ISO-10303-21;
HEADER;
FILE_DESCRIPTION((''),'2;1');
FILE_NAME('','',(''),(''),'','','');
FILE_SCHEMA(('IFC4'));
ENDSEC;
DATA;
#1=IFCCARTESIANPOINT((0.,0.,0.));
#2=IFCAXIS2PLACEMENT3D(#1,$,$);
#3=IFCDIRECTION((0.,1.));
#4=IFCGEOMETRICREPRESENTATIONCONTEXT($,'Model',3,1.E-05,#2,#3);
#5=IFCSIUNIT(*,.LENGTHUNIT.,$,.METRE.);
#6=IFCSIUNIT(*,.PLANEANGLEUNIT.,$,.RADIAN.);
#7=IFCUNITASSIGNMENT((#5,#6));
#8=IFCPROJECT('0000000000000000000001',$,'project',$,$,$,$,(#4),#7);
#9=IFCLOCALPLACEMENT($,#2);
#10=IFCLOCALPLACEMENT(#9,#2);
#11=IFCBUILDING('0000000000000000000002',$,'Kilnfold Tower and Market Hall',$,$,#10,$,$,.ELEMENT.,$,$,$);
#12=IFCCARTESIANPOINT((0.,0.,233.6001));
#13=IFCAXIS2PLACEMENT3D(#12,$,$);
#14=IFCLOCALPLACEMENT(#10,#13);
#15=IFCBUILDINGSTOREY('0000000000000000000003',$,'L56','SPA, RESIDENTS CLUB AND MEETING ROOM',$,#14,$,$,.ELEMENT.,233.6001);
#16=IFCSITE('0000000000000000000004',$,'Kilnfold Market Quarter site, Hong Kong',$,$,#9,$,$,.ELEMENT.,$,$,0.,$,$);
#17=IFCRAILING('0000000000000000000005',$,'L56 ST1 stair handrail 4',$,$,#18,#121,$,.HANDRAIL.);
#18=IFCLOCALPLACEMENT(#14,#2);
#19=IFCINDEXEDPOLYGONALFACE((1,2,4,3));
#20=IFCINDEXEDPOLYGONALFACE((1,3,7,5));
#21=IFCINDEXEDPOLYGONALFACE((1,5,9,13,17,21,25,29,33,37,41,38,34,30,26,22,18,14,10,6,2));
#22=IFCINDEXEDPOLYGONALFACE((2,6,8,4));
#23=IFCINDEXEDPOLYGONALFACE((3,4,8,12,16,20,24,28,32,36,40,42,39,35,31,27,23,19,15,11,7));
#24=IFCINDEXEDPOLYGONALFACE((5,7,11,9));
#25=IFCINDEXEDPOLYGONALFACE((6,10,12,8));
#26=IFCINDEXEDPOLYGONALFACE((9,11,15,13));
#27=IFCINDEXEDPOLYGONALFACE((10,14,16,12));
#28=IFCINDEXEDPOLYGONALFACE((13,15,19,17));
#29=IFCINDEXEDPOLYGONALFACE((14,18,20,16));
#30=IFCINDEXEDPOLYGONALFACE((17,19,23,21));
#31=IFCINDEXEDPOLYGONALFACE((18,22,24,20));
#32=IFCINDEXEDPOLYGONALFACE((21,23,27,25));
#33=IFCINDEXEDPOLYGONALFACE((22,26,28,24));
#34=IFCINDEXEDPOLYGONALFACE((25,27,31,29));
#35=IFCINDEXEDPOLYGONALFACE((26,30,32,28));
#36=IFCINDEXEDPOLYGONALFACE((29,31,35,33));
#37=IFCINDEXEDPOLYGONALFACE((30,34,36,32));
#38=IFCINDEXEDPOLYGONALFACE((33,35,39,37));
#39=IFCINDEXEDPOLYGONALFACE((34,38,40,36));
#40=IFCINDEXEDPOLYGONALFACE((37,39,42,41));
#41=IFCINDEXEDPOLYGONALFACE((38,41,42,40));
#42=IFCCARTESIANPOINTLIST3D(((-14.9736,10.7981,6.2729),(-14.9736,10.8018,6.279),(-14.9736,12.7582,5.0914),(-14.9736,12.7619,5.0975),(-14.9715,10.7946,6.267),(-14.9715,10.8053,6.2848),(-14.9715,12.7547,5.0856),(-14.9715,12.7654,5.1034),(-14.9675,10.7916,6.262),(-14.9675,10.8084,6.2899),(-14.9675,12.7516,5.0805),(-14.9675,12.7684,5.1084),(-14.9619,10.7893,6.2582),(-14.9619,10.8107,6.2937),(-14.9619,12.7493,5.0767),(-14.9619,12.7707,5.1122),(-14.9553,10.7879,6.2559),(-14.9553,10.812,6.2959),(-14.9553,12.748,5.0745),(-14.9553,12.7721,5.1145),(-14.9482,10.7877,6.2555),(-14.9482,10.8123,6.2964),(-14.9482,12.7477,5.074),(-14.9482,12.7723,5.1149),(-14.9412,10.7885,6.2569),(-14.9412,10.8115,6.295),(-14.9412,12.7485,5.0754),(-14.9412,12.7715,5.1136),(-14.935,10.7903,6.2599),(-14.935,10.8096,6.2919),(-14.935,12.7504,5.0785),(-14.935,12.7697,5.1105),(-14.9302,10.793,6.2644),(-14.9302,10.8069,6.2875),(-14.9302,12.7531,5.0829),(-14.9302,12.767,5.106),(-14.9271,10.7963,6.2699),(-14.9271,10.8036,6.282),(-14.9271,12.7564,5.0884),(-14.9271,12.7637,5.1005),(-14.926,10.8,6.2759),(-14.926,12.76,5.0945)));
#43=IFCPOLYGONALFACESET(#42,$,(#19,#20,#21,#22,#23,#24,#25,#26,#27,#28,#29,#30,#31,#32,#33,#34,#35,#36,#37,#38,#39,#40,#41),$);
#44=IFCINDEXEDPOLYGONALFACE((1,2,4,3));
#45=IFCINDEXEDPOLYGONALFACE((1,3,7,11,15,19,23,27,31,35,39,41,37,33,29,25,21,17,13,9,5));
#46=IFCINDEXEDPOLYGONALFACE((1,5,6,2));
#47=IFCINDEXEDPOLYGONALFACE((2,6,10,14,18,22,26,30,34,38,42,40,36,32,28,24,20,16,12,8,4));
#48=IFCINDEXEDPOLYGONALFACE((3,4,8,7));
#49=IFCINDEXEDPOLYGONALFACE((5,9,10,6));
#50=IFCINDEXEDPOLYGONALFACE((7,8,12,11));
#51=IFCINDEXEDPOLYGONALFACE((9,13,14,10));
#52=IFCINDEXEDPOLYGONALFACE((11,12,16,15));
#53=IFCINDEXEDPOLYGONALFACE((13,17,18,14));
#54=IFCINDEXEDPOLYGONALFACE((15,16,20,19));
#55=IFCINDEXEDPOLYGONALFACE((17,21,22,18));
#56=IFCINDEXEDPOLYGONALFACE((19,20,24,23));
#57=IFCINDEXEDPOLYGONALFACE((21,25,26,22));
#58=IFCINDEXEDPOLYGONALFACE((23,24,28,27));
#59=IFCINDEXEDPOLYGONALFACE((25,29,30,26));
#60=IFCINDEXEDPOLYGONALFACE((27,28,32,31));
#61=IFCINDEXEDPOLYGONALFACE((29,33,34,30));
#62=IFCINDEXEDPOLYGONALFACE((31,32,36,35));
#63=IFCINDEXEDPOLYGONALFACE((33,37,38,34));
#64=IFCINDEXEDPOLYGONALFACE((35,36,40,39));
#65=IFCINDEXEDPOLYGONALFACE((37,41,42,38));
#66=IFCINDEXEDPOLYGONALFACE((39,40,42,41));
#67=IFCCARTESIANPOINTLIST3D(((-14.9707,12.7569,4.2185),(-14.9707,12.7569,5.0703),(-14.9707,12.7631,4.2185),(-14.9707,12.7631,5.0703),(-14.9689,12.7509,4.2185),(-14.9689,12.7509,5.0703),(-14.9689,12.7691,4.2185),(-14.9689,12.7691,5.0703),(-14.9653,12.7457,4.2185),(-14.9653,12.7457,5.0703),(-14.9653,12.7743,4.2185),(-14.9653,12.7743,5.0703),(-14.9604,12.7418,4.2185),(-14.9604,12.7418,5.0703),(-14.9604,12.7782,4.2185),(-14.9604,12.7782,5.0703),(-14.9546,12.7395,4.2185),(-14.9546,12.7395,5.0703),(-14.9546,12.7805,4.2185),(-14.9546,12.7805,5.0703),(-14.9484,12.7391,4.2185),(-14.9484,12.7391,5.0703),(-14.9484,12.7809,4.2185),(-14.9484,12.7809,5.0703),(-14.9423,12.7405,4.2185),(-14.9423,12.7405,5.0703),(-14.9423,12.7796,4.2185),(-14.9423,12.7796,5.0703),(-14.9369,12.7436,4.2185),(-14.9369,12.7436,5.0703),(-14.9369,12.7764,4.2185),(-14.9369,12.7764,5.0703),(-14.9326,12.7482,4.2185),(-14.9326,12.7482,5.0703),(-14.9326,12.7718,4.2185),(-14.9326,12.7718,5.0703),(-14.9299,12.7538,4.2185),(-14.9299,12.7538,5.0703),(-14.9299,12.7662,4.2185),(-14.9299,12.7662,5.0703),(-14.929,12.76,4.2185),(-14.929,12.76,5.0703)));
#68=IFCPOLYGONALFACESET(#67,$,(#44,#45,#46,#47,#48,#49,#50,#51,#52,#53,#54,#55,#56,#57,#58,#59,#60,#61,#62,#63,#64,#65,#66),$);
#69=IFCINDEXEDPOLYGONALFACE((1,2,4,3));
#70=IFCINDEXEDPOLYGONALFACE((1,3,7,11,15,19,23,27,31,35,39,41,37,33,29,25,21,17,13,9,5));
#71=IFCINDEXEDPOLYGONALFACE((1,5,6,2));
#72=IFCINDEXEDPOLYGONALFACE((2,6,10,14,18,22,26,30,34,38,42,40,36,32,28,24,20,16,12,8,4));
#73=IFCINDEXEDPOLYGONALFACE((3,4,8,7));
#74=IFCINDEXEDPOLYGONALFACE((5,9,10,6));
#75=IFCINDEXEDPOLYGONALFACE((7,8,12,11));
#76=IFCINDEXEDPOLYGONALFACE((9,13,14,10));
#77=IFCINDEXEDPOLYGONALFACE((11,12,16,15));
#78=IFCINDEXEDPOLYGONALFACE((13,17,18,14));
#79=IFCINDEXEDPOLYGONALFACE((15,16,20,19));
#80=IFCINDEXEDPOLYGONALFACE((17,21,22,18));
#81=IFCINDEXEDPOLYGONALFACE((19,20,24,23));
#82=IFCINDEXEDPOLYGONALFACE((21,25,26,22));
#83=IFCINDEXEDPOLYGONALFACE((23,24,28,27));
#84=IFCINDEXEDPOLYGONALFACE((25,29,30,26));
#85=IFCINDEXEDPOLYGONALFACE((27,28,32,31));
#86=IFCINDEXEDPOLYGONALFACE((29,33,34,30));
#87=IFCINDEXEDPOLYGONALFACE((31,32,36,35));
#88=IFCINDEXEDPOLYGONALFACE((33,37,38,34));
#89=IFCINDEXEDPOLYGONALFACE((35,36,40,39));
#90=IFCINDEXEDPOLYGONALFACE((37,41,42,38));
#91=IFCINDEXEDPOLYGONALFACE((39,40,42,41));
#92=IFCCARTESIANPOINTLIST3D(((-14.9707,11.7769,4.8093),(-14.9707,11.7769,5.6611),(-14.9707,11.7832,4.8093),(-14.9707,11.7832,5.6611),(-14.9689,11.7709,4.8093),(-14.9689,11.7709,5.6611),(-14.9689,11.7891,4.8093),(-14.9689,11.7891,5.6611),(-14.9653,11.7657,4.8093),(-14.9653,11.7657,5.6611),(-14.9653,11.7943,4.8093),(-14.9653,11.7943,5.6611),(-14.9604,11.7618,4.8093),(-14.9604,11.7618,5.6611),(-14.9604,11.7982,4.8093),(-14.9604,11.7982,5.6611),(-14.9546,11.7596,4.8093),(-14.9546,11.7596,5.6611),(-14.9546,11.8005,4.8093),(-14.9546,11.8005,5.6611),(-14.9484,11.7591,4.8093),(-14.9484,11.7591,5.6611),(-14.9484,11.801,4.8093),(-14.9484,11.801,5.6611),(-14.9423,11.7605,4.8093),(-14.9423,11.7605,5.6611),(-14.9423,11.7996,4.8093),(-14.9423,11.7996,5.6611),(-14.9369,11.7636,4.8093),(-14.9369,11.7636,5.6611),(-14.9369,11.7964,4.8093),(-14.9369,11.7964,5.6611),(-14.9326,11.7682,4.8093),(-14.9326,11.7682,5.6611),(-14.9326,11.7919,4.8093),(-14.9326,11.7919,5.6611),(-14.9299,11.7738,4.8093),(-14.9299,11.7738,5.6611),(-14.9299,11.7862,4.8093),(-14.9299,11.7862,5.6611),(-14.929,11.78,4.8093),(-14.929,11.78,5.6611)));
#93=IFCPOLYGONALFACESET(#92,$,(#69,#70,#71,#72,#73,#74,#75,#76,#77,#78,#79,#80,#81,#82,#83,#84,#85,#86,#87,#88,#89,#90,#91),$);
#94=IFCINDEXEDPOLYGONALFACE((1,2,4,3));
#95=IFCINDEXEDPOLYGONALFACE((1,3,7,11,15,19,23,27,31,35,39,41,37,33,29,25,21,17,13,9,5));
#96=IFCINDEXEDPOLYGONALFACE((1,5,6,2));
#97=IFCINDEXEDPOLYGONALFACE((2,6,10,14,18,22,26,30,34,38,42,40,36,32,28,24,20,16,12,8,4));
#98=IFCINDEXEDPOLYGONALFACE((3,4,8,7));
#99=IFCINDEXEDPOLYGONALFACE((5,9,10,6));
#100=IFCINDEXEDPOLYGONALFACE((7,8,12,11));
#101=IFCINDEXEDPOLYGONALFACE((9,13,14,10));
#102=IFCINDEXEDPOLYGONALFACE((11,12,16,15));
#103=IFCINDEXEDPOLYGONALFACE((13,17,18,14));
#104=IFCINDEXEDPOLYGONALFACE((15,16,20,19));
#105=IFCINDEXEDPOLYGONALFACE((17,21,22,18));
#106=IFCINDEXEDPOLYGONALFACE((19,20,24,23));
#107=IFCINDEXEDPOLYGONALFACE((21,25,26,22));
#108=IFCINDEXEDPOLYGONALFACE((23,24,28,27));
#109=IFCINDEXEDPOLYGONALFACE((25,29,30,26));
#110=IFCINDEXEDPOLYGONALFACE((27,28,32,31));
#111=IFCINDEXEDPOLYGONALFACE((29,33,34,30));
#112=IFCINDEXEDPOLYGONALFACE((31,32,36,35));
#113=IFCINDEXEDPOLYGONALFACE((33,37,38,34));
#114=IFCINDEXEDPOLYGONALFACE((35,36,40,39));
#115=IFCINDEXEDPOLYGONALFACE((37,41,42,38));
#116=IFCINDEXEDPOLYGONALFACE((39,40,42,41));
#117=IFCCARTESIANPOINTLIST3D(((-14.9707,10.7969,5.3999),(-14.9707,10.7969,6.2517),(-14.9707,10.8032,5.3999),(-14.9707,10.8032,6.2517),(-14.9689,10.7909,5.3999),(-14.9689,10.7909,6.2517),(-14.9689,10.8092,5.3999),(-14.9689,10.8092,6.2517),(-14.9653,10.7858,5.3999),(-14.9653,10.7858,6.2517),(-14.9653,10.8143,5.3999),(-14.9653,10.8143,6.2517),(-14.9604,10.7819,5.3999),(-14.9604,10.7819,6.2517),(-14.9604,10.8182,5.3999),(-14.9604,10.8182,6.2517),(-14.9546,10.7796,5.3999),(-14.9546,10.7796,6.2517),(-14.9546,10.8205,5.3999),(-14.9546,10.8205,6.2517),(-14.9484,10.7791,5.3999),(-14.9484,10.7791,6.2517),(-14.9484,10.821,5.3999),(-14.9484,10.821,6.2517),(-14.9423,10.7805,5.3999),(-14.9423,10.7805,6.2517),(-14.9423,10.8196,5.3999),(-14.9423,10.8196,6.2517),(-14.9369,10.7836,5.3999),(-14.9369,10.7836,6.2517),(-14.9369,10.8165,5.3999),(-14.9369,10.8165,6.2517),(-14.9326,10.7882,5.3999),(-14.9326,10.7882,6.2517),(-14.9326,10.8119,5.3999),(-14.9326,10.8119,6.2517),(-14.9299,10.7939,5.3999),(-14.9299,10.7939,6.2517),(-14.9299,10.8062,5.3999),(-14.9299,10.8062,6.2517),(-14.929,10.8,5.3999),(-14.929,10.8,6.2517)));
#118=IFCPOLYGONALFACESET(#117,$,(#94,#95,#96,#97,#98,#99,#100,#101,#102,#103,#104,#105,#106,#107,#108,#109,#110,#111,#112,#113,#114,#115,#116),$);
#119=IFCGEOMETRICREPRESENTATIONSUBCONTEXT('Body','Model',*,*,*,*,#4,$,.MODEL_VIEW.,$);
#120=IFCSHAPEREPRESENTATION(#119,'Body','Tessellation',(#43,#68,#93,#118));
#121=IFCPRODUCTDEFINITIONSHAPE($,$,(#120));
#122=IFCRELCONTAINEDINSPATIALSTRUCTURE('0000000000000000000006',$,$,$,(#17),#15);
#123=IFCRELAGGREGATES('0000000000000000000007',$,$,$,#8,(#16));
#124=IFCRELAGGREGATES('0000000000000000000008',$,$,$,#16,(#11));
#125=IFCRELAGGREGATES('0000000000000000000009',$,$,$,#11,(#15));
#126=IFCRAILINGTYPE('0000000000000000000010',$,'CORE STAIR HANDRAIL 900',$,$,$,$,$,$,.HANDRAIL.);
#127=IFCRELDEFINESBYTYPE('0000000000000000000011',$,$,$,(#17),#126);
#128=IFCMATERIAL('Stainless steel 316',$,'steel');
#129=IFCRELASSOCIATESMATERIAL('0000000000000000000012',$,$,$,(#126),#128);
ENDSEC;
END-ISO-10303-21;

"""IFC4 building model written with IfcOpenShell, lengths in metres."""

from ifc_helpers import new_model, si_unit, direction, frame, origin, origin_2d, place, context, subcontext, project, spatial, circle, extrude, material, type_object, element, save


model = new_model("IFC4")

# Units and contexts
model_context = context("Model", 3, precision=1e-05, world=origin(), true_north=direction((0.0, 1.0)))
body_context = subcontext(model_context, "Body", "Model", "MODEL_VIEW")
ifc_project = project(units=[si_unit("LENGTHUNIT", "METRE"), si_unit("PLANEANGLEUNIT", "RADIAN")], contexts=[model_context])

# Site, building, storey
site_placement = place(None, origin())
site = spatial("IfcSite", under=ifc_project, at=site_placement, Name="Kilnfold Market Quarter site, Hong Kong", CompositionType="ELEMENT", RefElevation=0.0)
building_placement = place(site_placement, origin())
building = spatial("IfcBuilding", under=site, at=building_placement, Name="Kilnfold Tower and Market Hall", CompositionType="ELEMENT")
storey_placement = place(building_placement, frame((0.0, 0.0, 233.6001)))
storey = spatial("IfcBuildingStorey", under=building, at=storey_placement, Name="L56", Description="SPA, RESIDENTS CLUB AND MEETING ROOM", CompositionType="ELEMENT", Elevation=233.6001)

# Railing
ifc_material_1 = material(Name="Stainless steel 316", Category="steel")
railing_type_1 = type_object("IfcRailingType", Name="CORE STAIR HANDRAIL 900", PredefinedType="HANDRAIL", material=ifc_material_1)
railing_1_placement = place(storey_placement, frame((-14.95, 12.76, 4.2185)))
element("IfcRailing", 1, at=railing_1_placement, inside=storey, type_object=railing_type_1, Name="L56 ST1 stair handrail 4", PredefinedType="HANDRAIL", context=body_context, shape_type="SweptSolid", body=[
    extrude(circle(Radius=0.0239, at=origin_2d()), frame((0.0, 0.0, 0.876), z_axis=(0.0, -0.856446, 0.516236), x_axis=(1.0, 0.0, 0.0)), (0.0, 0.0, 1.0), 2.2886),
    extrude(circle(Radius=0.021, at=origin_2d()), origin(), (0.0, 0.0, 1.0), 0.8518),
    extrude(circle(Radius=0.021, at=origin_2d()), frame((0.0, -0.98, 0.5908)), (0.0, 0.0, 1.0), 0.8518),
    extrude(circle(Radius=0.021, at=origin_2d()), frame((0.0, -1.96, 1.1814)), (0.0, 0.0, 1.0), 0.8518),
])

save(model, "model.ifc")
